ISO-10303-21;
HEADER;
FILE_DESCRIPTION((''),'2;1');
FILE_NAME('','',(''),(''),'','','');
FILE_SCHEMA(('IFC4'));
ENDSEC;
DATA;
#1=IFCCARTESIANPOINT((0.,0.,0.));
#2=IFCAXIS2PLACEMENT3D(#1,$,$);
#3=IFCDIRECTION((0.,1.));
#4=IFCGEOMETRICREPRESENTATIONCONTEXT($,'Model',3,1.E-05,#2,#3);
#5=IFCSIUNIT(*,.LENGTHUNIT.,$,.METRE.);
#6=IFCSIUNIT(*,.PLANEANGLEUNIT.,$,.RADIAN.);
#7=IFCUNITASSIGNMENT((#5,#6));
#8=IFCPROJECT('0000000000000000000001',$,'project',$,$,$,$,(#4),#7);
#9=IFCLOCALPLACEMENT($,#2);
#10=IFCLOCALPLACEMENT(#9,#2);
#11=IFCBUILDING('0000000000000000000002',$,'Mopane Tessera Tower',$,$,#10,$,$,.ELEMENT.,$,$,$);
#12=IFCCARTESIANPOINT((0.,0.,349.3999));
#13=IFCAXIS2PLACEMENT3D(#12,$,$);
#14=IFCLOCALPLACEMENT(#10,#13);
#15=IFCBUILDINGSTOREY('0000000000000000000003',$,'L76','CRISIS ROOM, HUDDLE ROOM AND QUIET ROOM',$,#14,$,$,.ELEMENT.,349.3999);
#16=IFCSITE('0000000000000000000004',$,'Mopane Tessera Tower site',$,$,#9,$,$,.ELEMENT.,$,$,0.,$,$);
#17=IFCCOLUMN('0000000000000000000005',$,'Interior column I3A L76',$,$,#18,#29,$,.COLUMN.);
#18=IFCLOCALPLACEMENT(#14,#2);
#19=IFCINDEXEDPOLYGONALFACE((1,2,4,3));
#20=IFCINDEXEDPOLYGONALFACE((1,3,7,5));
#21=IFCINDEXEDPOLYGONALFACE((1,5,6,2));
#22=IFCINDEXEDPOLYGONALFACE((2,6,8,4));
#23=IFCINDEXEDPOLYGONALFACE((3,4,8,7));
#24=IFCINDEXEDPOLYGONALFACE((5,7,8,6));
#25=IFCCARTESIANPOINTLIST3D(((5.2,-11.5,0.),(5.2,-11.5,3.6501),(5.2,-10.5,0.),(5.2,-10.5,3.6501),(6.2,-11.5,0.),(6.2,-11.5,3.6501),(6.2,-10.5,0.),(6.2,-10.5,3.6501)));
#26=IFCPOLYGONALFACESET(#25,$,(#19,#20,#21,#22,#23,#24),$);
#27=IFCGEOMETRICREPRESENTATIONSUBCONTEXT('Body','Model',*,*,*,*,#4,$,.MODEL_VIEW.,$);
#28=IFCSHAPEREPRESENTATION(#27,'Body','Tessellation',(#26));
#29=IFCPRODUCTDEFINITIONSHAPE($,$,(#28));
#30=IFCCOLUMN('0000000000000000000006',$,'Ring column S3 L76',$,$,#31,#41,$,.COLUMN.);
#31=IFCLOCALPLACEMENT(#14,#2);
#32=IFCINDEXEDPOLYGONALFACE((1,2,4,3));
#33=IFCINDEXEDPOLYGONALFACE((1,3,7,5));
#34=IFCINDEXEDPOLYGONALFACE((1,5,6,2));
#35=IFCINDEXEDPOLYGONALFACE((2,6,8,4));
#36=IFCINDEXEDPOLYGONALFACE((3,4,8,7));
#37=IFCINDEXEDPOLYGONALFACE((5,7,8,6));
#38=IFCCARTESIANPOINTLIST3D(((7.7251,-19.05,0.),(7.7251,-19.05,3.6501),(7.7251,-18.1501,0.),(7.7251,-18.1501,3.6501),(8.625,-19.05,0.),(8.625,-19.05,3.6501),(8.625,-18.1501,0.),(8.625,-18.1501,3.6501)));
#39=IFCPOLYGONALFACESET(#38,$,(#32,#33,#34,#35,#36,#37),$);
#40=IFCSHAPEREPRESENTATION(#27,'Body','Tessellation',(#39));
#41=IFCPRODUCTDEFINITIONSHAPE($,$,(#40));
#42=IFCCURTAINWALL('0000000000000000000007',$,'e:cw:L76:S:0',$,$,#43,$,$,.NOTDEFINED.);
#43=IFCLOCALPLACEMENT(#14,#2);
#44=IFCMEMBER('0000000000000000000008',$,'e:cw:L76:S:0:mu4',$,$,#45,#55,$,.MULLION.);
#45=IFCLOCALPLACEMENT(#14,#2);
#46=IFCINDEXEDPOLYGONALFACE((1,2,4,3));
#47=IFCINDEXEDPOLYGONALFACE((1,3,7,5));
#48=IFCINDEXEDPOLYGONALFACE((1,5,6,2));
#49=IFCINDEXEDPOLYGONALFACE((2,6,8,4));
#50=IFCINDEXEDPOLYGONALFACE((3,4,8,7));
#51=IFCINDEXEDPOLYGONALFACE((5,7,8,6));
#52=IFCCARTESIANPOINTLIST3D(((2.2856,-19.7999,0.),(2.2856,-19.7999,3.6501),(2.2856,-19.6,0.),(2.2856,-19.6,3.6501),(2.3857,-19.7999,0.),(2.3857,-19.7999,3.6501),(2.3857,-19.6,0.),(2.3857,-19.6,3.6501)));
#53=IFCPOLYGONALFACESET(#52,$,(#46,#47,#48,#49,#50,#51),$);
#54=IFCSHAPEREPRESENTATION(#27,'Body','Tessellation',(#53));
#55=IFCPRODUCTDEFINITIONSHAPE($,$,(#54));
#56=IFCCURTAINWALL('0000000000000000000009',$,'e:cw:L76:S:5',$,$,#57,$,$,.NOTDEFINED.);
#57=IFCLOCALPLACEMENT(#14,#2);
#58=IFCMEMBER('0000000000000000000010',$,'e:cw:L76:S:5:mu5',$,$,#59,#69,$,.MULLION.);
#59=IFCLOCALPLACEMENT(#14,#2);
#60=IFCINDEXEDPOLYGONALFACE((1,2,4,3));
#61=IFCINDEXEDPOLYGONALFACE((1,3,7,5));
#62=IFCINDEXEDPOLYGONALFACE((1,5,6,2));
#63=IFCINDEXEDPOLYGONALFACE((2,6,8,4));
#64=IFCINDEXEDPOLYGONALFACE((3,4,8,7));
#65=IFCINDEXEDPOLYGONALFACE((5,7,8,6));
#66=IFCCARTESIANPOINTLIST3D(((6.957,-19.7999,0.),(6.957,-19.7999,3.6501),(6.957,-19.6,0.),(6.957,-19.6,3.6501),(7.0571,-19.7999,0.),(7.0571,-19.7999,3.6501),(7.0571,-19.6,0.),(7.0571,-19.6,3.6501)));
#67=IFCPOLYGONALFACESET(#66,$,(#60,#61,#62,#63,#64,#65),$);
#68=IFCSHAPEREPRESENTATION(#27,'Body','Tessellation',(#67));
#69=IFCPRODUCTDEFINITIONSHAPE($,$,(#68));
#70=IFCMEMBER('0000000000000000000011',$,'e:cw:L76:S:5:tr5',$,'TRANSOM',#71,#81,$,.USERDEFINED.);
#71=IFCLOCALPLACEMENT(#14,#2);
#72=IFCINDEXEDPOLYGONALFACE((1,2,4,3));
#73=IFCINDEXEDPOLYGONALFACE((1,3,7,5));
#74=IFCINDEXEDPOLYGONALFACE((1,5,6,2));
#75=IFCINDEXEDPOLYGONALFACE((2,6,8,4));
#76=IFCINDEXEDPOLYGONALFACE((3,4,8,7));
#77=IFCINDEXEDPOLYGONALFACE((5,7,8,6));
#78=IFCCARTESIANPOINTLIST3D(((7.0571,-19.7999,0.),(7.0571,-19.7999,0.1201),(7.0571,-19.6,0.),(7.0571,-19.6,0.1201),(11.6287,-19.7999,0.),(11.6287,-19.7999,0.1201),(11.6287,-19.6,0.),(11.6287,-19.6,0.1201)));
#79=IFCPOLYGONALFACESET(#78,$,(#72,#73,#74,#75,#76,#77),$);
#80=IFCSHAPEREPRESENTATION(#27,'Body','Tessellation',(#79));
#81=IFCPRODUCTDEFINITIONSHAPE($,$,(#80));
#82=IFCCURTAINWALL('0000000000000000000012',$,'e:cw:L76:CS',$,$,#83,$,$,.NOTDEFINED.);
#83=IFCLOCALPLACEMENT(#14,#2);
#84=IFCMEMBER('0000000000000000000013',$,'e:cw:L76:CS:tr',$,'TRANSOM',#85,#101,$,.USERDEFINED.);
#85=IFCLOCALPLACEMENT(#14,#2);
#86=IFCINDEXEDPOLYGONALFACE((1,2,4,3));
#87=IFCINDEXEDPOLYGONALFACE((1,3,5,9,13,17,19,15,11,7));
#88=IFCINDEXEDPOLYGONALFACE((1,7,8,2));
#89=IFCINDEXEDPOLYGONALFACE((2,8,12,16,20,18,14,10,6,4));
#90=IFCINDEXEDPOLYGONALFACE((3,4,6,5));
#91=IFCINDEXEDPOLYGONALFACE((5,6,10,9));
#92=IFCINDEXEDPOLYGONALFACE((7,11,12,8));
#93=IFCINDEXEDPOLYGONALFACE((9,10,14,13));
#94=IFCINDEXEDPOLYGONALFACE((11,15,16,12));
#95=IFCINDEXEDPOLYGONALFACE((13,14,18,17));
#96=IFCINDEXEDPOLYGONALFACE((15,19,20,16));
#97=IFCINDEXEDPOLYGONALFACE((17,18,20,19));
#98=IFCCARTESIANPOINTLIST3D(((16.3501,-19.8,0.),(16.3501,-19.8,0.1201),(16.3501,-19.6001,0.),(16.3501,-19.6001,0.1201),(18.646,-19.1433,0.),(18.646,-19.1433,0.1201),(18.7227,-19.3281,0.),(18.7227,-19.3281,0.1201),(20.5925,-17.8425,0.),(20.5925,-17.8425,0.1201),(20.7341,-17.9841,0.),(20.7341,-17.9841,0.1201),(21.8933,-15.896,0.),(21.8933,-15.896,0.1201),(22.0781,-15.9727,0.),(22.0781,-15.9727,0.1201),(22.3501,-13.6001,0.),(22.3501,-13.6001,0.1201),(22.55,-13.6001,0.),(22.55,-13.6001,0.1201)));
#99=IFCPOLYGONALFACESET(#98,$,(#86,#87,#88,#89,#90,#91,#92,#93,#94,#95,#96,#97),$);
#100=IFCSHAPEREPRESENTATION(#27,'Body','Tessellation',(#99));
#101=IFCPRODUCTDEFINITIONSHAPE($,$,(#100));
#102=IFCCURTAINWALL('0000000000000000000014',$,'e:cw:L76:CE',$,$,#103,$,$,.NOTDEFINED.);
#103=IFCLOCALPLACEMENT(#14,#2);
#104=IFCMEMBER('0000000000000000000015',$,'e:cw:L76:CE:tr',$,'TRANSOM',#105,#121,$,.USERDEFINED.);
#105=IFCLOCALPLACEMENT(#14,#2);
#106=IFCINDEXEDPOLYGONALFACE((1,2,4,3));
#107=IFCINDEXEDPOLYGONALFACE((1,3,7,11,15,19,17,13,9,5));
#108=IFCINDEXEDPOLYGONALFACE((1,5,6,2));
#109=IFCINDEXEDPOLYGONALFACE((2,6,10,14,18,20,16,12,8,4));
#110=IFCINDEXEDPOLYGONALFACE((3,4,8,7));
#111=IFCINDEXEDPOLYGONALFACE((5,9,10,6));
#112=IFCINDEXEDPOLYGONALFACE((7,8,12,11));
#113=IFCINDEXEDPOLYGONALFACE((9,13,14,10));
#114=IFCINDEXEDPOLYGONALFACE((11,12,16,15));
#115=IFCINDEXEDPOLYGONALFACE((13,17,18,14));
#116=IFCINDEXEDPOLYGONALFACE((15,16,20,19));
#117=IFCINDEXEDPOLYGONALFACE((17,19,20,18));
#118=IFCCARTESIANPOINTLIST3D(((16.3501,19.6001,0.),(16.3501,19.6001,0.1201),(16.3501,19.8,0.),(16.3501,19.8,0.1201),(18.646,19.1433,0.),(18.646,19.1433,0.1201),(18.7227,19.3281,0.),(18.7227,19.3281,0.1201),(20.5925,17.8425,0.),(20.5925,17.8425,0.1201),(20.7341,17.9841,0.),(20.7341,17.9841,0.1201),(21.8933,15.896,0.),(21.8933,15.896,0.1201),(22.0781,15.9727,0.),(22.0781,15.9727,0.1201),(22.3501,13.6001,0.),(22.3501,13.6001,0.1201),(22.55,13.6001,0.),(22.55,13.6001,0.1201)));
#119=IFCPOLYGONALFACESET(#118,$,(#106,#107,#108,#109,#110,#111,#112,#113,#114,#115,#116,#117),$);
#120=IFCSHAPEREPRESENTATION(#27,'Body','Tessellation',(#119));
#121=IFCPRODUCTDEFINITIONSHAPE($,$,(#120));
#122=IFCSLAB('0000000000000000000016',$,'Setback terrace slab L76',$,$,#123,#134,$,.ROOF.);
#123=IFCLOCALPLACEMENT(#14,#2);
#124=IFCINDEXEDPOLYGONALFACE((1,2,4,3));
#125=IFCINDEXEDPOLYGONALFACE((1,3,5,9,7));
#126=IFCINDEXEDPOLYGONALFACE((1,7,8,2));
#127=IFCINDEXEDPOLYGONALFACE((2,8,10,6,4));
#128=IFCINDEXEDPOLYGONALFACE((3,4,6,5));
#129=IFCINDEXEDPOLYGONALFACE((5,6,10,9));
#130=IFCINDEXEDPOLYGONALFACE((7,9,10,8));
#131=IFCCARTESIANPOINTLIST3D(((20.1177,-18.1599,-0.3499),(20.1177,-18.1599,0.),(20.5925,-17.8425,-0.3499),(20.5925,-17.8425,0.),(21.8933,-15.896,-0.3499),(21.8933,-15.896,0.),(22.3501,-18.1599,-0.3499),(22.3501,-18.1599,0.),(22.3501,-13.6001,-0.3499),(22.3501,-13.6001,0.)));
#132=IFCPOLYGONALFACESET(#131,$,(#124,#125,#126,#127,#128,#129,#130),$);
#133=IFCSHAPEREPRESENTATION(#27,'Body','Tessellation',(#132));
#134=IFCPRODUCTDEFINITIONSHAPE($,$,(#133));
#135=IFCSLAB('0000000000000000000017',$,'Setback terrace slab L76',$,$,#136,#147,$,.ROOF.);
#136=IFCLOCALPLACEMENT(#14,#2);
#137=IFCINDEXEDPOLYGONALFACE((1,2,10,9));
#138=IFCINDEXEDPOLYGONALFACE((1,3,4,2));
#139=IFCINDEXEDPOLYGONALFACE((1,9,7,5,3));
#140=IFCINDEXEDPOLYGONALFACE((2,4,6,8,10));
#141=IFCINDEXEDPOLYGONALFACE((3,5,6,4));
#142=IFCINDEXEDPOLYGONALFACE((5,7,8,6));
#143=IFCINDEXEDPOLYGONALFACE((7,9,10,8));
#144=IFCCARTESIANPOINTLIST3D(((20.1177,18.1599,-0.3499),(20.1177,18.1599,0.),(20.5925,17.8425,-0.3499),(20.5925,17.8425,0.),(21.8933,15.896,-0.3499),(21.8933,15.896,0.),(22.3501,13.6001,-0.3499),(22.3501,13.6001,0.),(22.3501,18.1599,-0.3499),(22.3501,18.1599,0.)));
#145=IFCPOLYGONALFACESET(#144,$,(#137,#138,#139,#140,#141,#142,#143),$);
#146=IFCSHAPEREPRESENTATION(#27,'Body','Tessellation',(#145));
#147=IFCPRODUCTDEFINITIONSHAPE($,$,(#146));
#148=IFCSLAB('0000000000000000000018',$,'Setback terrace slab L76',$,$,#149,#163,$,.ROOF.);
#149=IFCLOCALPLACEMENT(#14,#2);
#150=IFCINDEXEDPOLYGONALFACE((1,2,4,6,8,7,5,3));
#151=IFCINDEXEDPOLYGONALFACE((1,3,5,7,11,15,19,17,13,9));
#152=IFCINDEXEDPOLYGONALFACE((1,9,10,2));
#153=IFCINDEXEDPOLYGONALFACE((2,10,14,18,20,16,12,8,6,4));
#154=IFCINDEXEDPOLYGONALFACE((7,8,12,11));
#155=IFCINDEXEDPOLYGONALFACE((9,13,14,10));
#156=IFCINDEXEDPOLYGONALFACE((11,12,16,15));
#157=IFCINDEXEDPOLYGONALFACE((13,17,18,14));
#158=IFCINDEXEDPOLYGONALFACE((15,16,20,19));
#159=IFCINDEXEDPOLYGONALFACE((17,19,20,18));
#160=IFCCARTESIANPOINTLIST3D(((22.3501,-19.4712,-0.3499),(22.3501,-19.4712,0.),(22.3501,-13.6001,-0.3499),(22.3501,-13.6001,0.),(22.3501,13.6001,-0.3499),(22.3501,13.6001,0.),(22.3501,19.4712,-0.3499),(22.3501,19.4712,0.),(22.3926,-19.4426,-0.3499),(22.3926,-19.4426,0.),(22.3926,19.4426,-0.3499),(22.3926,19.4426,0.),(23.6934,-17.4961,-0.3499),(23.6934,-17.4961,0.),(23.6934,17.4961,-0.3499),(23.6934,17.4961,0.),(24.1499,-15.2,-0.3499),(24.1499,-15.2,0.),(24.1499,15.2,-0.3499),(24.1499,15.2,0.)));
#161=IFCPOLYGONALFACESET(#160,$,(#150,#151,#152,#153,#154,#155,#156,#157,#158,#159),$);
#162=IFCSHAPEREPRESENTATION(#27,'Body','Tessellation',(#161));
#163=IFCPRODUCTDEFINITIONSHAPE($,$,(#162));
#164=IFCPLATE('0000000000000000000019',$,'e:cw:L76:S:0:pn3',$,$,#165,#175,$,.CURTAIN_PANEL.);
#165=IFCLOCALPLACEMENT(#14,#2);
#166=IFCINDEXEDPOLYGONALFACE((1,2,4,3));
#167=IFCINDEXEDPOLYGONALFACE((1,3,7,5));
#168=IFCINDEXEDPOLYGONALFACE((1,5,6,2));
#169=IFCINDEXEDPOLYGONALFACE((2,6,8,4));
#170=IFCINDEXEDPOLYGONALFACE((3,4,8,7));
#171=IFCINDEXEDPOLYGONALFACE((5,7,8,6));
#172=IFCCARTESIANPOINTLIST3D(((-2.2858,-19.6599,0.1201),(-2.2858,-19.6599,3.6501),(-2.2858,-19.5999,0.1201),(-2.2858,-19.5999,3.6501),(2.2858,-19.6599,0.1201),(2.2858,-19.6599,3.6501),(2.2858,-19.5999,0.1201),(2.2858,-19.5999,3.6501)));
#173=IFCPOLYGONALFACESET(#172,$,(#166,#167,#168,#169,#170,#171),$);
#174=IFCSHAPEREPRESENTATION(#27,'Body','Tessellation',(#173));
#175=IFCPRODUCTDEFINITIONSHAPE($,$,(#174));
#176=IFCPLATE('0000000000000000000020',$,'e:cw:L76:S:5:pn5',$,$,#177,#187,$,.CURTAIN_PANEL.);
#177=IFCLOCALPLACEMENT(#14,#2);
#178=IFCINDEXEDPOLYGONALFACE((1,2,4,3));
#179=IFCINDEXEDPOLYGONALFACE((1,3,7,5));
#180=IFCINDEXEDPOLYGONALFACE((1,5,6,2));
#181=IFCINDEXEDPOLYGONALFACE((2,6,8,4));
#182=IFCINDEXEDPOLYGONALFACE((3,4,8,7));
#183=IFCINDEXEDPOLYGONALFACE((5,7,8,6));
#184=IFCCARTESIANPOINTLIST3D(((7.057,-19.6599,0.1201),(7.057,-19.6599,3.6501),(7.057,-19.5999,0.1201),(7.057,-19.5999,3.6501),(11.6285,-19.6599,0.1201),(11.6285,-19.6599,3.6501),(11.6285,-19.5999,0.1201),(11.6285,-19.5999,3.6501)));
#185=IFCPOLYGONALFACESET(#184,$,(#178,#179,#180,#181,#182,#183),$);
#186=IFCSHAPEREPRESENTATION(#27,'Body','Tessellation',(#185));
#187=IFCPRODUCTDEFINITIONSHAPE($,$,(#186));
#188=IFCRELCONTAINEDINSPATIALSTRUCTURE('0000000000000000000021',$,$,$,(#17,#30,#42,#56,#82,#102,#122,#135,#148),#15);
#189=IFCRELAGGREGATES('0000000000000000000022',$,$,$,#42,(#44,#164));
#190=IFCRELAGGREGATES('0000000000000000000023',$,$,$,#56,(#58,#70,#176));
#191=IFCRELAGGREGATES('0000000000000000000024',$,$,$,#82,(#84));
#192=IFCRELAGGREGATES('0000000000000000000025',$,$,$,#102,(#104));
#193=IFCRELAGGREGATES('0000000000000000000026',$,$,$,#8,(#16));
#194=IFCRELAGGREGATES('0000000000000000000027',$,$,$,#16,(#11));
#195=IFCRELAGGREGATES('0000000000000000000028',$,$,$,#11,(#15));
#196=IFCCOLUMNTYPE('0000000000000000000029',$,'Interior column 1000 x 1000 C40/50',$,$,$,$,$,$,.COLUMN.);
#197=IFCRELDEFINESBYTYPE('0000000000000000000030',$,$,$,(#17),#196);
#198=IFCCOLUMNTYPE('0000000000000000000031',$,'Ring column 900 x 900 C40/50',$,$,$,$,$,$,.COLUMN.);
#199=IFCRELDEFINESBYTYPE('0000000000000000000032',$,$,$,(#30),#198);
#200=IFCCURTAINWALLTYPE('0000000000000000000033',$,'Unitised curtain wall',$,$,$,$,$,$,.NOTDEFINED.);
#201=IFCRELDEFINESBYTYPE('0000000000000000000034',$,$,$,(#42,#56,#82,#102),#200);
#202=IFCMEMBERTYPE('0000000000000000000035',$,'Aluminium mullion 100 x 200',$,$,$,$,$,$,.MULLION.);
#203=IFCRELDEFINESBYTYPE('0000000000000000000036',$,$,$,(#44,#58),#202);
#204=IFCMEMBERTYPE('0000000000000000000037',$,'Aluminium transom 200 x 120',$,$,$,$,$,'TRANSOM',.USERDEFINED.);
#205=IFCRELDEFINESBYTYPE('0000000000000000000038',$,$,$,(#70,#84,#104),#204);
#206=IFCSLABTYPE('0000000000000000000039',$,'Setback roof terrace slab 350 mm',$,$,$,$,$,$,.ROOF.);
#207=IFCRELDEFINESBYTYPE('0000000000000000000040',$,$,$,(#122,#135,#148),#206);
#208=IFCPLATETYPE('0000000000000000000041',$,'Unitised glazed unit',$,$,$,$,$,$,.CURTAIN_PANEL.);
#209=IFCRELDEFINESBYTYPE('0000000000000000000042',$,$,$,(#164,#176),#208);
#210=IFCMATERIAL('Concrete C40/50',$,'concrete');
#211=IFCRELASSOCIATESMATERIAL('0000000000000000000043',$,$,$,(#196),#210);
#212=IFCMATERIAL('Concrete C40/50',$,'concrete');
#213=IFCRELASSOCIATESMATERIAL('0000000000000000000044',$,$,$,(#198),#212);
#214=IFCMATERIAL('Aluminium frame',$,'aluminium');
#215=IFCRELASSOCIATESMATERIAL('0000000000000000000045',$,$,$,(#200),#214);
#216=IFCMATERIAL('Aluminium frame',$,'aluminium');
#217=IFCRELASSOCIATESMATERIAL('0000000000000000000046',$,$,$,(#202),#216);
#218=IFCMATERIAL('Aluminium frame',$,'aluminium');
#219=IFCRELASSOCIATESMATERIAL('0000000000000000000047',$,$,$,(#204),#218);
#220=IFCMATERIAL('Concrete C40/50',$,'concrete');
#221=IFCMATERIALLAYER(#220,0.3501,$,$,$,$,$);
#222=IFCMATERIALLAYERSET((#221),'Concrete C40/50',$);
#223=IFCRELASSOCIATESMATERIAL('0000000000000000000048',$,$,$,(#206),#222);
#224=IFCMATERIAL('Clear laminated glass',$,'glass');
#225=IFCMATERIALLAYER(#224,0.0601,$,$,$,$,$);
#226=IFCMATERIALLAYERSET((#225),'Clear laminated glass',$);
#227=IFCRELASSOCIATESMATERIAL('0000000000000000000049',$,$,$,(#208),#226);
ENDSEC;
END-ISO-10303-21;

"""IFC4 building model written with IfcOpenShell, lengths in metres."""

from ifc_helpers import new_model, si_unit, direction, frame, origin, origin_2d, place, context, subcontext, project, spatial, polyline, rectangle, outline, extrude, material, layer, layer_set, material_profile, profile_set, type_object, element, aggregate, save


model = new_model("IFC4")

# Units and contexts
model_context = context("Model", 3, precision=1e-05, world=origin(), true_north=direction((0.0, 1.0)))
body_context = subcontext(model_context, "Body", "Model", "MODEL_VIEW")
ifc_project = project(units=[si_unit("LENGTHUNIT", "METRE"), si_unit("PLANEANGLEUNIT", "RADIAN")], contexts=[model_context])

# Site, building, storey
site_placement = place(None, origin())
site = spatial("IfcSite", under=ifc_project, at=site_placement, Name="Mopane Tessera Tower site", CompositionType="ELEMENT", RefElevation=0.0)
building_placement = place(site_placement, origin())
building = spatial("IfcBuilding", under=site, at=building_placement, Name="Mopane Tessera Tower", CompositionType="ELEMENT")
storey_placement = place(building_placement, frame((0.0, 0.0, 349.3999)))
storey = spatial("IfcBuildingStorey", under=building, at=storey_placement, Name="L76", Description="CRISIS ROOM, HUDDLE ROOM AND QUIET ROOM", CompositionType="ELEMENT", Elevation=349.3999)

# Columns
ifc_material_1 = material(Name="Concrete C40/50", Category="concrete")
ifc_material_profile_1 = material_profile(ifc_material_1, rectangle(XDim=1.0, YDim=1.0, at=origin_2d()))
ifc_profile_set_1 = profile_set([ifc_material_profile_1], Name="Concrete C40/50")
column_type_1 = type_object("IfcColumnType", Name="Interior column 1000 x 1000 C40/50", PredefinedType="COLUMN", material=ifc_profile_set_1)
column_1_placement = place(storey_placement, frame((5.7, -11.0, 0.0), z_axis=(0.0, 0.0, 1.0), x_axis=(1.0, 0.0, 0.0)))
element("IfcColumn", 1, at=column_1_placement, inside=storey, type_object=column_type_1, Name="Interior column I3A L76", PredefinedType="COLUMN", context=body_context, shape_type="SweptSolid", body=[
    extrude(rectangle(XDim=1.0, YDim=1.0, at=origin_2d()), origin(), (0.0, 0.0, 1.0), 3.6501),
])
ifc_material_2 = material(Name="Concrete C40/50", Category="concrete")
ifc_material_profile_2 = material_profile(ifc_material_2, rectangle(XDim=0.8999, YDim=0.8999, at=origin_2d()))
ifc_profile_set_2 = profile_set([ifc_material_profile_2], Name="Concrete C40/50")
column_type_2 = type_object("IfcColumnType", Name="Ring column 900 x 900 C40/50", PredefinedType="COLUMN", material=ifc_profile_set_2)
column_2_placement = place(storey_placement, frame((8.175, -18.6001, 0.0), z_axis=(0.0, 0.0, 1.0), x_axis=(1.0, 0.0, 0.0)))
element("IfcColumn", 2, at=column_2_placement, inside=storey, type_object=column_type_2, Name="Ring column S3 L76", PredefinedType="COLUMN", context=body_context, shape_type="SweptSolid", body=[
    extrude(rectangle(XDim=0.8999, YDim=0.8999, at=origin_2d()), origin(), (0.0, 0.0, 1.0), 3.6501),
])

# Curtain wall, member
ifc_material_3 = material(Name="Aluminium frame", Category="aluminium")
curtain_wall_type = type_object("IfcCurtainWallType", Name="Unitised curtain wall", PredefinedType="NOTDEFINED", material=ifc_material_3)
curtain_wall_1_placement = place(storey_placement, origin())
curtain_wall_1 = element("IfcCurtainWall", 3, at=curtain_wall_1_placement, inside=storey, type_object=curtain_wall_type, Name="e:cw:L76:S:0", PredefinedType="NOTDEFINED")
ifc_material_4 = material(Name="Aluminium frame", Category="aluminium")
ifc_material_profile_3 = material_profile(ifc_material_4, rectangle(XDim=0.1001, YDim=0.2, at=origin_2d()))
ifc_profile_set_3 = profile_set([ifc_material_profile_3], Name="Aluminium frame")
member_type_1 = type_object("IfcMemberType", Name="Aluminium mullion 100 x 200", PredefinedType="MULLION", material=ifc_profile_set_3)
member_1_placement = place(storey_placement, frame((2.3357, -19.7, 0.0), z_axis=(0.0, 0.0, 1.0), x_axis=(1.0, 0.0, 0.0)))
member_1 = element("IfcMember", 4, at=member_1_placement, type_object=member_type_1, Name="e:cw:L76:S:0:mu4", PredefinedType="MULLION", context=body_context, shape_type="SweptSolid", body=[
    extrude(rectangle(XDim=0.1001, YDim=0.2, at=origin_2d()), origin(), (0.0, 0.0, 1.0), 3.6501),
])

# Curtain wall, members
curtain_wall_2_placement = place(storey_placement, origin())
curtain_wall_2 = element("IfcCurtainWall", 5, at=curtain_wall_2_placement, inside=storey, type_object=curtain_wall_type, Name="e:cw:L76:S:5", PredefinedType="NOTDEFINED")
member_2_placement = place(storey_placement, frame((7.0071, -19.7, 0.0), z_axis=(0.0, 0.0, 1.0), x_axis=(1.0, 0.0, 0.0)))
member_2 = element("IfcMember", 6, at=member_2_placement, type_object=member_type_1, Name="e:cw:L76:S:5:mu5", PredefinedType="MULLION", context=body_context, shape_type="SweptSolid", body=[
    extrude(rectangle(XDim=0.1001, YDim=0.2, at=origin_2d()), origin(), (0.0, 0.0, 1.0), 3.6501),
])
ifc_material_5 = material(Name="Aluminium frame", Category="aluminium")
ifc_material_profile_4 = material_profile(ifc_material_5, rectangle(XDim=0.2, YDim=0.1201, at=origin_2d()))
ifc_profile_set_4 = profile_set([ifc_material_profile_4], Name="Aluminium frame")
member_type_2 = type_object("IfcMemberType", Name="Aluminium transom 200 x 120", ElementType="TRANSOM", PredefinedType="USERDEFINED", material=ifc_profile_set_4)
member_3_placement = place(storey_placement, frame((7.0571, -19.7, 0.0601), z_axis=(1.0, 0.0, 0.0), x_axis=(0.0, 1.0, 0.0)))
member_3 = element("IfcMember", 7, at=member_3_placement, type_object=member_type_2, Name="e:cw:L76:S:5:tr5", ObjectType="TRANSOM", PredefinedType="USERDEFINED", context=body_context, shape_type="SweptSolid", body=[
    extrude(rectangle(XDim=0.2, YDim=0.1201, at=origin_2d()), origin(), (0.0, 0.0, 1.0), 4.5715),
])

# Curtain walls, members
curtain_wall_3_placement = place(storey_placement, origin())
curtain_wall_3 = element("IfcCurtainWall", 8, at=curtain_wall_3_placement, inside=storey, type_object=curtain_wall_type, Name="e:cw:L76:CS", PredefinedType="NOTDEFINED")
member_4_placement = place(storey_placement, origin())
member_4 = element("IfcMember", 9, at=member_4_placement, type_object=member_type_2, Name="e:cw:L76:CS:tr", ObjectType="TRANSOM", PredefinedType="USERDEFINED", context=body_context, shape_type="SweptSolid", body=[
    extrude(outline(polyline([(16.3501, -19.6001), (18.646, -19.1433), (20.5925, -17.8425), (21.8933, -15.896), (22.3501, -13.6001), (22.55, -13.6001), (22.0781, -15.9727), (20.7341, -17.9841), (18.7227, -19.3281), (16.3501, -19.8), (16.3501, -19.6001)])), origin(), (0.0, 0.0, 1.0), 0.1201),
])
curtain_wall_4_placement = place(storey_placement, origin())
curtain_wall_4 = element("IfcCurtainWall", 10, at=curtain_wall_4_placement, inside=storey, type_object=curtain_wall_type, Name="e:cw:L76:CE", PredefinedType="NOTDEFINED")
member_5_placement = place(storey_placement, origin())
member_5 = element("IfcMember", 11, at=member_5_placement, type_object=member_type_2, Name="e:cw:L76:CE:tr", ObjectType="TRANSOM", PredefinedType="USERDEFINED", context=body_context, shape_type="SweptSolid", body=[
    extrude(outline(polyline([(22.3501, 13.6001), (21.8933, 15.896), (20.5925, 17.8425), (18.646, 19.1433), (16.3501, 19.6001), (16.3501, 19.8), (18.7227, 19.3281), (20.7341, 17.9841), (22.0781, 15.9727), (22.55, 13.6001), (22.3501, 13.6001)])), origin(), (0.0, 0.0, 1.0), 0.1201),
])

# Slabs
ifc_material_6 = material(Name="Concrete C40/50", Category="concrete")
ifc_layer_1 = layer(ifc_material_6, 0.3501)
ifc_layer_set_1 = layer_set([ifc_layer_1], Name="Concrete C40/50")
slab_type = type_object("IfcSlabType", Name="Setback roof terrace slab 350 mm", PredefinedType="ROOF", material=ifc_layer_set_1)
slab_1_placement = place(storey_placement, frame((0.0, 0.0, -0.3499)))
element("IfcSlab", 12, at=slab_1_placement, inside=storey, type_object=slab_type, Name="Setback terrace slab L76", PredefinedType="ROOF", context=body_context, shape_type="SweptSolid", body=[
    extrude(outline(polyline([(20.1177, -18.1599), (22.3501, -18.1599), (22.3501, -13.6001), (21.8933, -15.896), (20.5925, -17.8425), (20.1177, -18.1599)])), origin(), (0.0, 0.0, 1.0), 0.3499),
])
slab_2_placement = place(storey_placement, frame((0.0, 0.0, -0.3499)))
element("IfcSlab", 13, at=slab_2_placement, inside=storey, type_object=slab_type, Name="Setback terrace slab L76", PredefinedType="ROOF", context=body_context, shape_type="SweptSolid", body=[
    extrude(outline(polyline([(22.3501, 13.6001), (22.3501, 18.1599), (20.1177, 18.1599), (20.5925, 17.8425), (21.8933, 15.896), (22.3501, 13.6001)])), origin(), (0.0, 0.0, 1.0), 0.3499),
])
slab_3_placement = place(storey_placement, frame((0.0, 0.0, -0.3499)))
element("IfcSlab", 14, at=slab_3_placement, inside=storey, type_object=slab_type, Name="Setback terrace slab L76", PredefinedType="ROOF", context=body_context, shape_type="SweptSolid", body=[
    extrude(outline(polyline([(22.3501, 19.4712), (22.3501, 13.6001), (22.3501, -13.6001), (22.3501, -19.4712), (22.3926, -19.4426), (23.6934, -17.4961), (24.1499, -15.2), (24.1499, 15.2), (23.6934, 17.4961), (22.3926, 19.4426), (22.3501, 19.4712)])), origin(), (0.0, 0.0, 1.0), 0.3499),
])

# Plates
ifc_material_7 = material(Name="Clear laminated glass", Category="glass")
ifc_layer_2 = layer(ifc_material_7, 0.0601)
ifc_layer_set_2 = layer_set([ifc_layer_2], Name="Clear laminated glass")
plate_type = type_object("IfcPlateType", Name="Unitised glazed unit", PredefinedType="CURTAIN_PANEL", material=ifc_layer_set_2)
plate_1_placement = place(storey_placement, frame((0.0, -19.6299, 0.1201), z_axis=(0.0, 0.0, 1.0), x_axis=(1.0, 0.0, 0.0)))
plate_1 = element("IfcPlate", 15, at=plate_1_placement, type_object=plate_type, Name="e:cw:L76:S:0:pn3", PredefinedType="CURTAIN_PANEL", context=body_context, shape_type="SweptSolid", body=[
    extrude(rectangle(XDim=4.5715, YDim=0.0601, at=origin_2d()), origin(), (0.0, 0.0, 1.0), 3.53),
])
aggregate(curtain_wall_1, [member_1, plate_1])
plate_2_placement = place(storey_placement, frame((9.3428, -19.6299, 0.1201), z_axis=(0.0, 0.0, 1.0), x_axis=(1.0, 0.0, 0.0)))
plate_2 = element("IfcPlate", 16, at=plate_2_placement, type_object=plate_type, Name="e:cw:L76:S:5:pn5", PredefinedType="CURTAIN_PANEL", context=body_context, shape_type="SweptSolid", body=[
    extrude(rectangle(XDim=4.5715, YDim=0.0601, at=origin_2d()), origin(), (0.0, 0.0, 1.0), 3.53),
])
aggregate(curtain_wall_2, [member_2, member_3, plate_2])
aggregate(curtain_wall_3, [member_4])
aggregate(curtain_wall_4, [member_5])

save(model, "model.ifc")
